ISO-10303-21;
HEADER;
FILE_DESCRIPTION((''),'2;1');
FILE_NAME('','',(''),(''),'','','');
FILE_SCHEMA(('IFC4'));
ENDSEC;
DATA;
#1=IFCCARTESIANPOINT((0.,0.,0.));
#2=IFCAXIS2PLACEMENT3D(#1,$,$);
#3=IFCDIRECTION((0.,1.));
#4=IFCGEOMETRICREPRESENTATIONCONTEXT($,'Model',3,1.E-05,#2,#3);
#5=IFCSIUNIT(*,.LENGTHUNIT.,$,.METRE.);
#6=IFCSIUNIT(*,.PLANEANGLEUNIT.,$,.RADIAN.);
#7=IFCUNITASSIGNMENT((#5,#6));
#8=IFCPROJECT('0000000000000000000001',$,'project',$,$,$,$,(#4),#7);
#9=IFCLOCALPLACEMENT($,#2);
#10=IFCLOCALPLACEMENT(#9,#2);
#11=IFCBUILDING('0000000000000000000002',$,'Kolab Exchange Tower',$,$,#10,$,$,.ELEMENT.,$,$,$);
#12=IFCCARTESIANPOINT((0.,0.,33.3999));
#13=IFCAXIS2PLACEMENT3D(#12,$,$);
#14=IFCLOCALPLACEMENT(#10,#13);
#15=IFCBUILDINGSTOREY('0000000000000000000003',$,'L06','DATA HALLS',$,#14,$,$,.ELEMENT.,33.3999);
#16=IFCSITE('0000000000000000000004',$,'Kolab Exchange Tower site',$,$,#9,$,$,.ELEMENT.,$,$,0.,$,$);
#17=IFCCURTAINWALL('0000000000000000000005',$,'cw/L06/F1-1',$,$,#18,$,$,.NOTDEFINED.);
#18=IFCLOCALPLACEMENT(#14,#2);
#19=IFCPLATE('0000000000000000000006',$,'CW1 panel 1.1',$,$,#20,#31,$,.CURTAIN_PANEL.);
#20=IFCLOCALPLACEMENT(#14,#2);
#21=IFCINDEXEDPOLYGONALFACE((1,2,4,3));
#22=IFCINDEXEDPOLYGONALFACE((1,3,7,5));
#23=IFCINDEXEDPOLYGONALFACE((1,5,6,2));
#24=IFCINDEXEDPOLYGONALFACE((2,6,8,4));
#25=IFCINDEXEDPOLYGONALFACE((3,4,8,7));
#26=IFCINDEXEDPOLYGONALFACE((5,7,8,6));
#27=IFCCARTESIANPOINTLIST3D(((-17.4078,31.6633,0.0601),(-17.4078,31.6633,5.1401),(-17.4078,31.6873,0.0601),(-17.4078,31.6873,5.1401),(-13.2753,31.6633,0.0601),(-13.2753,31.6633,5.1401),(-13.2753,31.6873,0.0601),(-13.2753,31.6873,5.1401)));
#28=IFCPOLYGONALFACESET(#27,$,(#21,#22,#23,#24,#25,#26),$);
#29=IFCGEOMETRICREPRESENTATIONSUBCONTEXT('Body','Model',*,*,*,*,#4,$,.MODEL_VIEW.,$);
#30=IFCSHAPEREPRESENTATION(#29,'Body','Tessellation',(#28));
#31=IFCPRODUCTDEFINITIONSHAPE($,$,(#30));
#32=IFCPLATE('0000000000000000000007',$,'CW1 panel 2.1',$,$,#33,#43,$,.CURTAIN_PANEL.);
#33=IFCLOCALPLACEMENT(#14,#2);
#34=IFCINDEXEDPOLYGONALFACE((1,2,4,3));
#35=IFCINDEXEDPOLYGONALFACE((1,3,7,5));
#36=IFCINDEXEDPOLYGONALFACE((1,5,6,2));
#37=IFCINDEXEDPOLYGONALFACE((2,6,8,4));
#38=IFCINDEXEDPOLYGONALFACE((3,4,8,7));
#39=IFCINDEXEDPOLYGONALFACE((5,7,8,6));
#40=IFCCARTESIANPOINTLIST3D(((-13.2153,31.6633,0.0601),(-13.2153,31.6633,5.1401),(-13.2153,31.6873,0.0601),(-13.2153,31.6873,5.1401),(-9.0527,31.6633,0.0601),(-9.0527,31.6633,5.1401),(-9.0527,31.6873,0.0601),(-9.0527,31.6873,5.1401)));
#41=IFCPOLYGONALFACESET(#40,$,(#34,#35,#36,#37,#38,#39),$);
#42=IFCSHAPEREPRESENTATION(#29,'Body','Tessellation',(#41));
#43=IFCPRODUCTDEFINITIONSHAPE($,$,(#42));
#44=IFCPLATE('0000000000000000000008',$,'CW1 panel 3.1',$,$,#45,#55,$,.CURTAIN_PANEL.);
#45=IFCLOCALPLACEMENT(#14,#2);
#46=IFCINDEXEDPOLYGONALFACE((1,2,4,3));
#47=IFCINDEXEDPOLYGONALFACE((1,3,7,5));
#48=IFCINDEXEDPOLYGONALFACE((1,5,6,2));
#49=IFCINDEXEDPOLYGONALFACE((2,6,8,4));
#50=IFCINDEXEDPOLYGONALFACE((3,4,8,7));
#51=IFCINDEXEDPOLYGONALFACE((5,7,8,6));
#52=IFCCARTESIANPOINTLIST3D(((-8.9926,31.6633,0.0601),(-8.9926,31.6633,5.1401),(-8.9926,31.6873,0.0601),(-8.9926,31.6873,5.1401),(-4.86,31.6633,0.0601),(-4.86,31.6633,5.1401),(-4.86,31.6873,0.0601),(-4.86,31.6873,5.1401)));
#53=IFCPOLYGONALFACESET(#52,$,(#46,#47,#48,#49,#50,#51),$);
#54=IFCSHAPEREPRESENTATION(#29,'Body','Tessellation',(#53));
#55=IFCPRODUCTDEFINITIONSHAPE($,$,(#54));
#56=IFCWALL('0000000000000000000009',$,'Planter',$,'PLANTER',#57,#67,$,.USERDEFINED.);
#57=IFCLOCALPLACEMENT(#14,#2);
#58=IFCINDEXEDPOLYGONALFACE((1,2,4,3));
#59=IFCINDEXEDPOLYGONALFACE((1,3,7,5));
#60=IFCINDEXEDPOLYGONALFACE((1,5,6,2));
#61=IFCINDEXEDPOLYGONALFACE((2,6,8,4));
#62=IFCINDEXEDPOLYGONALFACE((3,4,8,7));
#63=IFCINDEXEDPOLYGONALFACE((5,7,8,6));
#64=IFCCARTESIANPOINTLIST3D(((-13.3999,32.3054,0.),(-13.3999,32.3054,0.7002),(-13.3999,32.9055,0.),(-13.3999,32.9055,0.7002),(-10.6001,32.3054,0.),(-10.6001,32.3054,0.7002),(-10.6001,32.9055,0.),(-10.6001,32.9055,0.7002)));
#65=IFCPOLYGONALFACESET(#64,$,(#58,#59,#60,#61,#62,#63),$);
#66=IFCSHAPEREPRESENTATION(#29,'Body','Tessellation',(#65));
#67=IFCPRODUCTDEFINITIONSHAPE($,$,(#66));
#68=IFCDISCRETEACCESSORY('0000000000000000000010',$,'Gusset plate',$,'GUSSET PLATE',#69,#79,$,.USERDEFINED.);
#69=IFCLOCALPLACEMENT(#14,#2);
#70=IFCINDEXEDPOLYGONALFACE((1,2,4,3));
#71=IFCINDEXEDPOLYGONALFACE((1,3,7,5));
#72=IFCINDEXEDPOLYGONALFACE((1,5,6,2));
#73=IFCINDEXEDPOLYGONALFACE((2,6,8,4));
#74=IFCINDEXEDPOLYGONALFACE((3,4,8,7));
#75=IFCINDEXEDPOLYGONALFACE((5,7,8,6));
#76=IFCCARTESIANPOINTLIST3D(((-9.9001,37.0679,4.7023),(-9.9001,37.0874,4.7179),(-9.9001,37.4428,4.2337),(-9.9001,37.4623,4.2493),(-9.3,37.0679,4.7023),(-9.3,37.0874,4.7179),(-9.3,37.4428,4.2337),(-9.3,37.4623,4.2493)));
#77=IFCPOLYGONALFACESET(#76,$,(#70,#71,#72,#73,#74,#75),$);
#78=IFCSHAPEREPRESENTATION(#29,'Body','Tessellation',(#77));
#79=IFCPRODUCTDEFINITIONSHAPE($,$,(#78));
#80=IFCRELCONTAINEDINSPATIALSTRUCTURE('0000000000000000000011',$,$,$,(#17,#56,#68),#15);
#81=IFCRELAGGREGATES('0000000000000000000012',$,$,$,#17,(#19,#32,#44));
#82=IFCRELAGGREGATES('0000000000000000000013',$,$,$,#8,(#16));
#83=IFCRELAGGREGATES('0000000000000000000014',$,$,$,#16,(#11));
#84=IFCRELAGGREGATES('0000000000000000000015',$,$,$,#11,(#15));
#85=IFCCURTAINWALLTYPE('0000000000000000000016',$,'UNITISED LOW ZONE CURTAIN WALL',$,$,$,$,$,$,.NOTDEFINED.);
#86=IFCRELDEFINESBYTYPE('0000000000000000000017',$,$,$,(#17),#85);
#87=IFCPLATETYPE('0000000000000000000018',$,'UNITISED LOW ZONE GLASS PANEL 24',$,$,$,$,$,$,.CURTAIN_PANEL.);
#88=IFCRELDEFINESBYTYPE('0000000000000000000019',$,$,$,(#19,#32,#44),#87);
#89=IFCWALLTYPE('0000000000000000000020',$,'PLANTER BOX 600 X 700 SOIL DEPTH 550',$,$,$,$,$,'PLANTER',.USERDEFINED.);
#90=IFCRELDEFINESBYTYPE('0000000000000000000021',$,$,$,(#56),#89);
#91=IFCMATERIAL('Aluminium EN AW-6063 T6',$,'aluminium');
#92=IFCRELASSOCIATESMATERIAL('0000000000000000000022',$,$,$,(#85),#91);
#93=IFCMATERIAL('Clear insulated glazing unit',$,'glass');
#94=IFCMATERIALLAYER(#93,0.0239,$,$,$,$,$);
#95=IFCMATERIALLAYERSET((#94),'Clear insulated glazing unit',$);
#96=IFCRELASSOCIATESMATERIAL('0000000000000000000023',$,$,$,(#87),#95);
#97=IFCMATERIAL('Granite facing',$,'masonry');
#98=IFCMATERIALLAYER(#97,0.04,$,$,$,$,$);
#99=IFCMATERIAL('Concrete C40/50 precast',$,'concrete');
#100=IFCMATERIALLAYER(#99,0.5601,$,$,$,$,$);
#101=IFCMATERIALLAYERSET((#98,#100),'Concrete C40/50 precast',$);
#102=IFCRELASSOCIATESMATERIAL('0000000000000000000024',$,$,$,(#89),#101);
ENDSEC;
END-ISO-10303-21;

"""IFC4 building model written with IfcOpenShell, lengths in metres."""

from ifc_helpers import new_model, si_unit, direction, frame, frame_2d, origin, origin_2d, place, context, subcontext, project, spatial, rectangle, extrude, material, layer, layer_set, type_object, element, aggregate, save


model = new_model("IFC4")

# Units and contexts
model_context = context("Model", 3, precision=1e-05, world=origin(), true_north=direction((0.0, 1.0)))
body_context = subcontext(model_context, "Body", "Model", "MODEL_VIEW")
ifc_project = project(units=[si_unit("LENGTHUNIT", "METRE"), si_unit("PLANEANGLEUNIT", "RADIAN")], contexts=[model_context])

# Site, building, storey
site_placement = place(None, origin())
site = spatial("IfcSite", under=ifc_project, at=site_placement, Name="Kolab Exchange Tower site", CompositionType="ELEMENT", RefElevation=0.0)
building_placement = place(site_placement, origin())
building = spatial("IfcBuilding", under=site, at=building_placement, Name="Kolab Exchange Tower", CompositionType="ELEMENT")
storey_placement = place(building_placement, frame((0.0, 0.0, 33.3999)))
storey = spatial("IfcBuildingStorey", under=building, at=storey_placement, Name="L06", Description="DATA HALLS", CompositionType="ELEMENT", Elevation=33.3999)

# Curtain wall, plates
ifc_material_1 = material(Name="Aluminium EN AW-6063 T6", Category="aluminium")
curtain_wall_type = type_object("IfcCurtainWallType", Name="UNITISED LOW ZONE CURTAIN WALL", PredefinedType="NOTDEFINED", material=ifc_material_1)
curtain_wall_placement = place(storey_placement, origin())
curtain_wall = element("IfcCurtainWall", 1, at=curtain_wall_placement, inside=storey, type_object=curtain_wall_type, Name="cw/L06/F1-1", PredefinedType="NOTDEFINED")
ifc_material_2 = material(Name="Clear insulated glazing unit", Category="glass")
ifc_layer_1 = layer(ifc_material_2, 0.0239)
ifc_layer_set_1 = layer_set([ifc_layer_1], Name="Clear insulated glazing unit")
plate_type = type_object("IfcPlateType", Name="UNITISED LOW ZONE GLASS PANEL 24", PredefinedType="CURTAIN_PANEL", material=ifc_layer_set_1)
plate_1_placement = place(storey_placement, frame((-15.3416, 31.6753, 0.0601), z_axis=(0.0, 0.0, 1.0), x_axis=(1.0, 0.0, 0.0)))
plate_1 = element("IfcPlate", 2, at=plate_1_placement, type_object=plate_type, Name="CW1 panel 1.1", PredefinedType="CURTAIN_PANEL", context=body_context, shape_type="SweptSolid", body=[
    extrude(rectangle(XDim=4.1326, YDim=0.0239, at=origin_2d()), origin(), (0.0, 0.0, 1.0), 5.0801),
])
plate_2_placement = place(storey_placement, frame((-11.134, 31.6753, 0.0601), z_axis=(0.0, 0.0, 1.0), x_axis=(1.0, 0.0, 0.0)))
plate_2 = element("IfcPlate", 3, at=plate_2_placement, type_object=plate_type, Name="CW1 panel 2.1", PredefinedType="CURTAIN_PANEL", context=body_context, shape_type="SweptSolid", body=[
    extrude(rectangle(XDim=4.1626, YDim=0.0239, at=origin_2d()), origin(), (0.0, 0.0, 1.0), 5.0801),
])
plate_3_placement = place(storey_placement, frame((-6.9263, 31.6753, 0.0601), z_axis=(0.0, 0.0, 1.0), x_axis=(1.0, 0.0, 0.0)))
plate_3 = element("IfcPlate", 4, at=plate_3_placement, type_object=plate_type, Name="CW1 panel 3.1", PredefinedType="CURTAIN_PANEL", context=body_context, shape_type="SweptSolid", body=[
    extrude(rectangle(XDim=4.1326, YDim=0.0239, at=origin_2d()), origin(), (0.0, 0.0, 1.0), 5.0801),
])
aggregate(curtain_wall, [plate_1, plate_2, plate_3])

# Wall
ifc_material_3 = material(Name="Granite facing", Category="masonry")
ifc_layer_2 = layer(ifc_material_3, 0.04)
ifc_material_4 = material(Name="Concrete C40/50 precast", Category="concrete")
ifc_layer_3 = layer(ifc_material_4, 0.5601)
ifc_layer_set_2 = layer_set([ifc_layer_2, ifc_layer_3], Name="Concrete C40/50 precast")
wall_type_1 = type_object("IfcWallType", Name="PLANTER BOX 600 X 700 SOIL DEPTH 550", ElementType="PLANTER", PredefinedType="USERDEFINED", material=ifc_layer_set_2)
wall_1_placement = place(storey_placement, frame((-13.3999, 32.6055, 0.0), z_axis=(0.0, 0.0, 1.0), x_axis=(1.0, 0.0, 0.0)))
element("IfcWall", 5, at=wall_1_placement, inside=storey, type_object=wall_type_1, Name="Planter", ObjectType="PLANTER", PredefinedType="USERDEFINED", context=body_context, shape_type="SweptSolid", body=[
    extrude(rectangle(XDim=2.7998, YDim=0.6001, at=frame_2d((1.3999, 0.0))), origin(), (0.0, 0.0, 1.0), 0.7002),
])

# Discrete accessory
discrete_accessory_placement = place(storey_placement, frame((-9.6001, 37.2554, 4.468), z_axis=(0.0, 0.780869, 0.624695), x_axis=(-1.0, 0.0, 0.0)))
element("IfcDiscreteAccessory", 6, at=discrete_accessory_placement, inside=storey, Name="Gusset plate", ObjectType="GUSSET PLATE", PredefinedType="USERDEFINED", context=body_context, shape_type="SweptSolid", body=[
    extrude(rectangle(XDim=0.6001, YDim=0.6001, at=origin_2d()), origin(), (0.0, 0.0, 1.0), 0.0249),
])

save(model, "model.ifc")
